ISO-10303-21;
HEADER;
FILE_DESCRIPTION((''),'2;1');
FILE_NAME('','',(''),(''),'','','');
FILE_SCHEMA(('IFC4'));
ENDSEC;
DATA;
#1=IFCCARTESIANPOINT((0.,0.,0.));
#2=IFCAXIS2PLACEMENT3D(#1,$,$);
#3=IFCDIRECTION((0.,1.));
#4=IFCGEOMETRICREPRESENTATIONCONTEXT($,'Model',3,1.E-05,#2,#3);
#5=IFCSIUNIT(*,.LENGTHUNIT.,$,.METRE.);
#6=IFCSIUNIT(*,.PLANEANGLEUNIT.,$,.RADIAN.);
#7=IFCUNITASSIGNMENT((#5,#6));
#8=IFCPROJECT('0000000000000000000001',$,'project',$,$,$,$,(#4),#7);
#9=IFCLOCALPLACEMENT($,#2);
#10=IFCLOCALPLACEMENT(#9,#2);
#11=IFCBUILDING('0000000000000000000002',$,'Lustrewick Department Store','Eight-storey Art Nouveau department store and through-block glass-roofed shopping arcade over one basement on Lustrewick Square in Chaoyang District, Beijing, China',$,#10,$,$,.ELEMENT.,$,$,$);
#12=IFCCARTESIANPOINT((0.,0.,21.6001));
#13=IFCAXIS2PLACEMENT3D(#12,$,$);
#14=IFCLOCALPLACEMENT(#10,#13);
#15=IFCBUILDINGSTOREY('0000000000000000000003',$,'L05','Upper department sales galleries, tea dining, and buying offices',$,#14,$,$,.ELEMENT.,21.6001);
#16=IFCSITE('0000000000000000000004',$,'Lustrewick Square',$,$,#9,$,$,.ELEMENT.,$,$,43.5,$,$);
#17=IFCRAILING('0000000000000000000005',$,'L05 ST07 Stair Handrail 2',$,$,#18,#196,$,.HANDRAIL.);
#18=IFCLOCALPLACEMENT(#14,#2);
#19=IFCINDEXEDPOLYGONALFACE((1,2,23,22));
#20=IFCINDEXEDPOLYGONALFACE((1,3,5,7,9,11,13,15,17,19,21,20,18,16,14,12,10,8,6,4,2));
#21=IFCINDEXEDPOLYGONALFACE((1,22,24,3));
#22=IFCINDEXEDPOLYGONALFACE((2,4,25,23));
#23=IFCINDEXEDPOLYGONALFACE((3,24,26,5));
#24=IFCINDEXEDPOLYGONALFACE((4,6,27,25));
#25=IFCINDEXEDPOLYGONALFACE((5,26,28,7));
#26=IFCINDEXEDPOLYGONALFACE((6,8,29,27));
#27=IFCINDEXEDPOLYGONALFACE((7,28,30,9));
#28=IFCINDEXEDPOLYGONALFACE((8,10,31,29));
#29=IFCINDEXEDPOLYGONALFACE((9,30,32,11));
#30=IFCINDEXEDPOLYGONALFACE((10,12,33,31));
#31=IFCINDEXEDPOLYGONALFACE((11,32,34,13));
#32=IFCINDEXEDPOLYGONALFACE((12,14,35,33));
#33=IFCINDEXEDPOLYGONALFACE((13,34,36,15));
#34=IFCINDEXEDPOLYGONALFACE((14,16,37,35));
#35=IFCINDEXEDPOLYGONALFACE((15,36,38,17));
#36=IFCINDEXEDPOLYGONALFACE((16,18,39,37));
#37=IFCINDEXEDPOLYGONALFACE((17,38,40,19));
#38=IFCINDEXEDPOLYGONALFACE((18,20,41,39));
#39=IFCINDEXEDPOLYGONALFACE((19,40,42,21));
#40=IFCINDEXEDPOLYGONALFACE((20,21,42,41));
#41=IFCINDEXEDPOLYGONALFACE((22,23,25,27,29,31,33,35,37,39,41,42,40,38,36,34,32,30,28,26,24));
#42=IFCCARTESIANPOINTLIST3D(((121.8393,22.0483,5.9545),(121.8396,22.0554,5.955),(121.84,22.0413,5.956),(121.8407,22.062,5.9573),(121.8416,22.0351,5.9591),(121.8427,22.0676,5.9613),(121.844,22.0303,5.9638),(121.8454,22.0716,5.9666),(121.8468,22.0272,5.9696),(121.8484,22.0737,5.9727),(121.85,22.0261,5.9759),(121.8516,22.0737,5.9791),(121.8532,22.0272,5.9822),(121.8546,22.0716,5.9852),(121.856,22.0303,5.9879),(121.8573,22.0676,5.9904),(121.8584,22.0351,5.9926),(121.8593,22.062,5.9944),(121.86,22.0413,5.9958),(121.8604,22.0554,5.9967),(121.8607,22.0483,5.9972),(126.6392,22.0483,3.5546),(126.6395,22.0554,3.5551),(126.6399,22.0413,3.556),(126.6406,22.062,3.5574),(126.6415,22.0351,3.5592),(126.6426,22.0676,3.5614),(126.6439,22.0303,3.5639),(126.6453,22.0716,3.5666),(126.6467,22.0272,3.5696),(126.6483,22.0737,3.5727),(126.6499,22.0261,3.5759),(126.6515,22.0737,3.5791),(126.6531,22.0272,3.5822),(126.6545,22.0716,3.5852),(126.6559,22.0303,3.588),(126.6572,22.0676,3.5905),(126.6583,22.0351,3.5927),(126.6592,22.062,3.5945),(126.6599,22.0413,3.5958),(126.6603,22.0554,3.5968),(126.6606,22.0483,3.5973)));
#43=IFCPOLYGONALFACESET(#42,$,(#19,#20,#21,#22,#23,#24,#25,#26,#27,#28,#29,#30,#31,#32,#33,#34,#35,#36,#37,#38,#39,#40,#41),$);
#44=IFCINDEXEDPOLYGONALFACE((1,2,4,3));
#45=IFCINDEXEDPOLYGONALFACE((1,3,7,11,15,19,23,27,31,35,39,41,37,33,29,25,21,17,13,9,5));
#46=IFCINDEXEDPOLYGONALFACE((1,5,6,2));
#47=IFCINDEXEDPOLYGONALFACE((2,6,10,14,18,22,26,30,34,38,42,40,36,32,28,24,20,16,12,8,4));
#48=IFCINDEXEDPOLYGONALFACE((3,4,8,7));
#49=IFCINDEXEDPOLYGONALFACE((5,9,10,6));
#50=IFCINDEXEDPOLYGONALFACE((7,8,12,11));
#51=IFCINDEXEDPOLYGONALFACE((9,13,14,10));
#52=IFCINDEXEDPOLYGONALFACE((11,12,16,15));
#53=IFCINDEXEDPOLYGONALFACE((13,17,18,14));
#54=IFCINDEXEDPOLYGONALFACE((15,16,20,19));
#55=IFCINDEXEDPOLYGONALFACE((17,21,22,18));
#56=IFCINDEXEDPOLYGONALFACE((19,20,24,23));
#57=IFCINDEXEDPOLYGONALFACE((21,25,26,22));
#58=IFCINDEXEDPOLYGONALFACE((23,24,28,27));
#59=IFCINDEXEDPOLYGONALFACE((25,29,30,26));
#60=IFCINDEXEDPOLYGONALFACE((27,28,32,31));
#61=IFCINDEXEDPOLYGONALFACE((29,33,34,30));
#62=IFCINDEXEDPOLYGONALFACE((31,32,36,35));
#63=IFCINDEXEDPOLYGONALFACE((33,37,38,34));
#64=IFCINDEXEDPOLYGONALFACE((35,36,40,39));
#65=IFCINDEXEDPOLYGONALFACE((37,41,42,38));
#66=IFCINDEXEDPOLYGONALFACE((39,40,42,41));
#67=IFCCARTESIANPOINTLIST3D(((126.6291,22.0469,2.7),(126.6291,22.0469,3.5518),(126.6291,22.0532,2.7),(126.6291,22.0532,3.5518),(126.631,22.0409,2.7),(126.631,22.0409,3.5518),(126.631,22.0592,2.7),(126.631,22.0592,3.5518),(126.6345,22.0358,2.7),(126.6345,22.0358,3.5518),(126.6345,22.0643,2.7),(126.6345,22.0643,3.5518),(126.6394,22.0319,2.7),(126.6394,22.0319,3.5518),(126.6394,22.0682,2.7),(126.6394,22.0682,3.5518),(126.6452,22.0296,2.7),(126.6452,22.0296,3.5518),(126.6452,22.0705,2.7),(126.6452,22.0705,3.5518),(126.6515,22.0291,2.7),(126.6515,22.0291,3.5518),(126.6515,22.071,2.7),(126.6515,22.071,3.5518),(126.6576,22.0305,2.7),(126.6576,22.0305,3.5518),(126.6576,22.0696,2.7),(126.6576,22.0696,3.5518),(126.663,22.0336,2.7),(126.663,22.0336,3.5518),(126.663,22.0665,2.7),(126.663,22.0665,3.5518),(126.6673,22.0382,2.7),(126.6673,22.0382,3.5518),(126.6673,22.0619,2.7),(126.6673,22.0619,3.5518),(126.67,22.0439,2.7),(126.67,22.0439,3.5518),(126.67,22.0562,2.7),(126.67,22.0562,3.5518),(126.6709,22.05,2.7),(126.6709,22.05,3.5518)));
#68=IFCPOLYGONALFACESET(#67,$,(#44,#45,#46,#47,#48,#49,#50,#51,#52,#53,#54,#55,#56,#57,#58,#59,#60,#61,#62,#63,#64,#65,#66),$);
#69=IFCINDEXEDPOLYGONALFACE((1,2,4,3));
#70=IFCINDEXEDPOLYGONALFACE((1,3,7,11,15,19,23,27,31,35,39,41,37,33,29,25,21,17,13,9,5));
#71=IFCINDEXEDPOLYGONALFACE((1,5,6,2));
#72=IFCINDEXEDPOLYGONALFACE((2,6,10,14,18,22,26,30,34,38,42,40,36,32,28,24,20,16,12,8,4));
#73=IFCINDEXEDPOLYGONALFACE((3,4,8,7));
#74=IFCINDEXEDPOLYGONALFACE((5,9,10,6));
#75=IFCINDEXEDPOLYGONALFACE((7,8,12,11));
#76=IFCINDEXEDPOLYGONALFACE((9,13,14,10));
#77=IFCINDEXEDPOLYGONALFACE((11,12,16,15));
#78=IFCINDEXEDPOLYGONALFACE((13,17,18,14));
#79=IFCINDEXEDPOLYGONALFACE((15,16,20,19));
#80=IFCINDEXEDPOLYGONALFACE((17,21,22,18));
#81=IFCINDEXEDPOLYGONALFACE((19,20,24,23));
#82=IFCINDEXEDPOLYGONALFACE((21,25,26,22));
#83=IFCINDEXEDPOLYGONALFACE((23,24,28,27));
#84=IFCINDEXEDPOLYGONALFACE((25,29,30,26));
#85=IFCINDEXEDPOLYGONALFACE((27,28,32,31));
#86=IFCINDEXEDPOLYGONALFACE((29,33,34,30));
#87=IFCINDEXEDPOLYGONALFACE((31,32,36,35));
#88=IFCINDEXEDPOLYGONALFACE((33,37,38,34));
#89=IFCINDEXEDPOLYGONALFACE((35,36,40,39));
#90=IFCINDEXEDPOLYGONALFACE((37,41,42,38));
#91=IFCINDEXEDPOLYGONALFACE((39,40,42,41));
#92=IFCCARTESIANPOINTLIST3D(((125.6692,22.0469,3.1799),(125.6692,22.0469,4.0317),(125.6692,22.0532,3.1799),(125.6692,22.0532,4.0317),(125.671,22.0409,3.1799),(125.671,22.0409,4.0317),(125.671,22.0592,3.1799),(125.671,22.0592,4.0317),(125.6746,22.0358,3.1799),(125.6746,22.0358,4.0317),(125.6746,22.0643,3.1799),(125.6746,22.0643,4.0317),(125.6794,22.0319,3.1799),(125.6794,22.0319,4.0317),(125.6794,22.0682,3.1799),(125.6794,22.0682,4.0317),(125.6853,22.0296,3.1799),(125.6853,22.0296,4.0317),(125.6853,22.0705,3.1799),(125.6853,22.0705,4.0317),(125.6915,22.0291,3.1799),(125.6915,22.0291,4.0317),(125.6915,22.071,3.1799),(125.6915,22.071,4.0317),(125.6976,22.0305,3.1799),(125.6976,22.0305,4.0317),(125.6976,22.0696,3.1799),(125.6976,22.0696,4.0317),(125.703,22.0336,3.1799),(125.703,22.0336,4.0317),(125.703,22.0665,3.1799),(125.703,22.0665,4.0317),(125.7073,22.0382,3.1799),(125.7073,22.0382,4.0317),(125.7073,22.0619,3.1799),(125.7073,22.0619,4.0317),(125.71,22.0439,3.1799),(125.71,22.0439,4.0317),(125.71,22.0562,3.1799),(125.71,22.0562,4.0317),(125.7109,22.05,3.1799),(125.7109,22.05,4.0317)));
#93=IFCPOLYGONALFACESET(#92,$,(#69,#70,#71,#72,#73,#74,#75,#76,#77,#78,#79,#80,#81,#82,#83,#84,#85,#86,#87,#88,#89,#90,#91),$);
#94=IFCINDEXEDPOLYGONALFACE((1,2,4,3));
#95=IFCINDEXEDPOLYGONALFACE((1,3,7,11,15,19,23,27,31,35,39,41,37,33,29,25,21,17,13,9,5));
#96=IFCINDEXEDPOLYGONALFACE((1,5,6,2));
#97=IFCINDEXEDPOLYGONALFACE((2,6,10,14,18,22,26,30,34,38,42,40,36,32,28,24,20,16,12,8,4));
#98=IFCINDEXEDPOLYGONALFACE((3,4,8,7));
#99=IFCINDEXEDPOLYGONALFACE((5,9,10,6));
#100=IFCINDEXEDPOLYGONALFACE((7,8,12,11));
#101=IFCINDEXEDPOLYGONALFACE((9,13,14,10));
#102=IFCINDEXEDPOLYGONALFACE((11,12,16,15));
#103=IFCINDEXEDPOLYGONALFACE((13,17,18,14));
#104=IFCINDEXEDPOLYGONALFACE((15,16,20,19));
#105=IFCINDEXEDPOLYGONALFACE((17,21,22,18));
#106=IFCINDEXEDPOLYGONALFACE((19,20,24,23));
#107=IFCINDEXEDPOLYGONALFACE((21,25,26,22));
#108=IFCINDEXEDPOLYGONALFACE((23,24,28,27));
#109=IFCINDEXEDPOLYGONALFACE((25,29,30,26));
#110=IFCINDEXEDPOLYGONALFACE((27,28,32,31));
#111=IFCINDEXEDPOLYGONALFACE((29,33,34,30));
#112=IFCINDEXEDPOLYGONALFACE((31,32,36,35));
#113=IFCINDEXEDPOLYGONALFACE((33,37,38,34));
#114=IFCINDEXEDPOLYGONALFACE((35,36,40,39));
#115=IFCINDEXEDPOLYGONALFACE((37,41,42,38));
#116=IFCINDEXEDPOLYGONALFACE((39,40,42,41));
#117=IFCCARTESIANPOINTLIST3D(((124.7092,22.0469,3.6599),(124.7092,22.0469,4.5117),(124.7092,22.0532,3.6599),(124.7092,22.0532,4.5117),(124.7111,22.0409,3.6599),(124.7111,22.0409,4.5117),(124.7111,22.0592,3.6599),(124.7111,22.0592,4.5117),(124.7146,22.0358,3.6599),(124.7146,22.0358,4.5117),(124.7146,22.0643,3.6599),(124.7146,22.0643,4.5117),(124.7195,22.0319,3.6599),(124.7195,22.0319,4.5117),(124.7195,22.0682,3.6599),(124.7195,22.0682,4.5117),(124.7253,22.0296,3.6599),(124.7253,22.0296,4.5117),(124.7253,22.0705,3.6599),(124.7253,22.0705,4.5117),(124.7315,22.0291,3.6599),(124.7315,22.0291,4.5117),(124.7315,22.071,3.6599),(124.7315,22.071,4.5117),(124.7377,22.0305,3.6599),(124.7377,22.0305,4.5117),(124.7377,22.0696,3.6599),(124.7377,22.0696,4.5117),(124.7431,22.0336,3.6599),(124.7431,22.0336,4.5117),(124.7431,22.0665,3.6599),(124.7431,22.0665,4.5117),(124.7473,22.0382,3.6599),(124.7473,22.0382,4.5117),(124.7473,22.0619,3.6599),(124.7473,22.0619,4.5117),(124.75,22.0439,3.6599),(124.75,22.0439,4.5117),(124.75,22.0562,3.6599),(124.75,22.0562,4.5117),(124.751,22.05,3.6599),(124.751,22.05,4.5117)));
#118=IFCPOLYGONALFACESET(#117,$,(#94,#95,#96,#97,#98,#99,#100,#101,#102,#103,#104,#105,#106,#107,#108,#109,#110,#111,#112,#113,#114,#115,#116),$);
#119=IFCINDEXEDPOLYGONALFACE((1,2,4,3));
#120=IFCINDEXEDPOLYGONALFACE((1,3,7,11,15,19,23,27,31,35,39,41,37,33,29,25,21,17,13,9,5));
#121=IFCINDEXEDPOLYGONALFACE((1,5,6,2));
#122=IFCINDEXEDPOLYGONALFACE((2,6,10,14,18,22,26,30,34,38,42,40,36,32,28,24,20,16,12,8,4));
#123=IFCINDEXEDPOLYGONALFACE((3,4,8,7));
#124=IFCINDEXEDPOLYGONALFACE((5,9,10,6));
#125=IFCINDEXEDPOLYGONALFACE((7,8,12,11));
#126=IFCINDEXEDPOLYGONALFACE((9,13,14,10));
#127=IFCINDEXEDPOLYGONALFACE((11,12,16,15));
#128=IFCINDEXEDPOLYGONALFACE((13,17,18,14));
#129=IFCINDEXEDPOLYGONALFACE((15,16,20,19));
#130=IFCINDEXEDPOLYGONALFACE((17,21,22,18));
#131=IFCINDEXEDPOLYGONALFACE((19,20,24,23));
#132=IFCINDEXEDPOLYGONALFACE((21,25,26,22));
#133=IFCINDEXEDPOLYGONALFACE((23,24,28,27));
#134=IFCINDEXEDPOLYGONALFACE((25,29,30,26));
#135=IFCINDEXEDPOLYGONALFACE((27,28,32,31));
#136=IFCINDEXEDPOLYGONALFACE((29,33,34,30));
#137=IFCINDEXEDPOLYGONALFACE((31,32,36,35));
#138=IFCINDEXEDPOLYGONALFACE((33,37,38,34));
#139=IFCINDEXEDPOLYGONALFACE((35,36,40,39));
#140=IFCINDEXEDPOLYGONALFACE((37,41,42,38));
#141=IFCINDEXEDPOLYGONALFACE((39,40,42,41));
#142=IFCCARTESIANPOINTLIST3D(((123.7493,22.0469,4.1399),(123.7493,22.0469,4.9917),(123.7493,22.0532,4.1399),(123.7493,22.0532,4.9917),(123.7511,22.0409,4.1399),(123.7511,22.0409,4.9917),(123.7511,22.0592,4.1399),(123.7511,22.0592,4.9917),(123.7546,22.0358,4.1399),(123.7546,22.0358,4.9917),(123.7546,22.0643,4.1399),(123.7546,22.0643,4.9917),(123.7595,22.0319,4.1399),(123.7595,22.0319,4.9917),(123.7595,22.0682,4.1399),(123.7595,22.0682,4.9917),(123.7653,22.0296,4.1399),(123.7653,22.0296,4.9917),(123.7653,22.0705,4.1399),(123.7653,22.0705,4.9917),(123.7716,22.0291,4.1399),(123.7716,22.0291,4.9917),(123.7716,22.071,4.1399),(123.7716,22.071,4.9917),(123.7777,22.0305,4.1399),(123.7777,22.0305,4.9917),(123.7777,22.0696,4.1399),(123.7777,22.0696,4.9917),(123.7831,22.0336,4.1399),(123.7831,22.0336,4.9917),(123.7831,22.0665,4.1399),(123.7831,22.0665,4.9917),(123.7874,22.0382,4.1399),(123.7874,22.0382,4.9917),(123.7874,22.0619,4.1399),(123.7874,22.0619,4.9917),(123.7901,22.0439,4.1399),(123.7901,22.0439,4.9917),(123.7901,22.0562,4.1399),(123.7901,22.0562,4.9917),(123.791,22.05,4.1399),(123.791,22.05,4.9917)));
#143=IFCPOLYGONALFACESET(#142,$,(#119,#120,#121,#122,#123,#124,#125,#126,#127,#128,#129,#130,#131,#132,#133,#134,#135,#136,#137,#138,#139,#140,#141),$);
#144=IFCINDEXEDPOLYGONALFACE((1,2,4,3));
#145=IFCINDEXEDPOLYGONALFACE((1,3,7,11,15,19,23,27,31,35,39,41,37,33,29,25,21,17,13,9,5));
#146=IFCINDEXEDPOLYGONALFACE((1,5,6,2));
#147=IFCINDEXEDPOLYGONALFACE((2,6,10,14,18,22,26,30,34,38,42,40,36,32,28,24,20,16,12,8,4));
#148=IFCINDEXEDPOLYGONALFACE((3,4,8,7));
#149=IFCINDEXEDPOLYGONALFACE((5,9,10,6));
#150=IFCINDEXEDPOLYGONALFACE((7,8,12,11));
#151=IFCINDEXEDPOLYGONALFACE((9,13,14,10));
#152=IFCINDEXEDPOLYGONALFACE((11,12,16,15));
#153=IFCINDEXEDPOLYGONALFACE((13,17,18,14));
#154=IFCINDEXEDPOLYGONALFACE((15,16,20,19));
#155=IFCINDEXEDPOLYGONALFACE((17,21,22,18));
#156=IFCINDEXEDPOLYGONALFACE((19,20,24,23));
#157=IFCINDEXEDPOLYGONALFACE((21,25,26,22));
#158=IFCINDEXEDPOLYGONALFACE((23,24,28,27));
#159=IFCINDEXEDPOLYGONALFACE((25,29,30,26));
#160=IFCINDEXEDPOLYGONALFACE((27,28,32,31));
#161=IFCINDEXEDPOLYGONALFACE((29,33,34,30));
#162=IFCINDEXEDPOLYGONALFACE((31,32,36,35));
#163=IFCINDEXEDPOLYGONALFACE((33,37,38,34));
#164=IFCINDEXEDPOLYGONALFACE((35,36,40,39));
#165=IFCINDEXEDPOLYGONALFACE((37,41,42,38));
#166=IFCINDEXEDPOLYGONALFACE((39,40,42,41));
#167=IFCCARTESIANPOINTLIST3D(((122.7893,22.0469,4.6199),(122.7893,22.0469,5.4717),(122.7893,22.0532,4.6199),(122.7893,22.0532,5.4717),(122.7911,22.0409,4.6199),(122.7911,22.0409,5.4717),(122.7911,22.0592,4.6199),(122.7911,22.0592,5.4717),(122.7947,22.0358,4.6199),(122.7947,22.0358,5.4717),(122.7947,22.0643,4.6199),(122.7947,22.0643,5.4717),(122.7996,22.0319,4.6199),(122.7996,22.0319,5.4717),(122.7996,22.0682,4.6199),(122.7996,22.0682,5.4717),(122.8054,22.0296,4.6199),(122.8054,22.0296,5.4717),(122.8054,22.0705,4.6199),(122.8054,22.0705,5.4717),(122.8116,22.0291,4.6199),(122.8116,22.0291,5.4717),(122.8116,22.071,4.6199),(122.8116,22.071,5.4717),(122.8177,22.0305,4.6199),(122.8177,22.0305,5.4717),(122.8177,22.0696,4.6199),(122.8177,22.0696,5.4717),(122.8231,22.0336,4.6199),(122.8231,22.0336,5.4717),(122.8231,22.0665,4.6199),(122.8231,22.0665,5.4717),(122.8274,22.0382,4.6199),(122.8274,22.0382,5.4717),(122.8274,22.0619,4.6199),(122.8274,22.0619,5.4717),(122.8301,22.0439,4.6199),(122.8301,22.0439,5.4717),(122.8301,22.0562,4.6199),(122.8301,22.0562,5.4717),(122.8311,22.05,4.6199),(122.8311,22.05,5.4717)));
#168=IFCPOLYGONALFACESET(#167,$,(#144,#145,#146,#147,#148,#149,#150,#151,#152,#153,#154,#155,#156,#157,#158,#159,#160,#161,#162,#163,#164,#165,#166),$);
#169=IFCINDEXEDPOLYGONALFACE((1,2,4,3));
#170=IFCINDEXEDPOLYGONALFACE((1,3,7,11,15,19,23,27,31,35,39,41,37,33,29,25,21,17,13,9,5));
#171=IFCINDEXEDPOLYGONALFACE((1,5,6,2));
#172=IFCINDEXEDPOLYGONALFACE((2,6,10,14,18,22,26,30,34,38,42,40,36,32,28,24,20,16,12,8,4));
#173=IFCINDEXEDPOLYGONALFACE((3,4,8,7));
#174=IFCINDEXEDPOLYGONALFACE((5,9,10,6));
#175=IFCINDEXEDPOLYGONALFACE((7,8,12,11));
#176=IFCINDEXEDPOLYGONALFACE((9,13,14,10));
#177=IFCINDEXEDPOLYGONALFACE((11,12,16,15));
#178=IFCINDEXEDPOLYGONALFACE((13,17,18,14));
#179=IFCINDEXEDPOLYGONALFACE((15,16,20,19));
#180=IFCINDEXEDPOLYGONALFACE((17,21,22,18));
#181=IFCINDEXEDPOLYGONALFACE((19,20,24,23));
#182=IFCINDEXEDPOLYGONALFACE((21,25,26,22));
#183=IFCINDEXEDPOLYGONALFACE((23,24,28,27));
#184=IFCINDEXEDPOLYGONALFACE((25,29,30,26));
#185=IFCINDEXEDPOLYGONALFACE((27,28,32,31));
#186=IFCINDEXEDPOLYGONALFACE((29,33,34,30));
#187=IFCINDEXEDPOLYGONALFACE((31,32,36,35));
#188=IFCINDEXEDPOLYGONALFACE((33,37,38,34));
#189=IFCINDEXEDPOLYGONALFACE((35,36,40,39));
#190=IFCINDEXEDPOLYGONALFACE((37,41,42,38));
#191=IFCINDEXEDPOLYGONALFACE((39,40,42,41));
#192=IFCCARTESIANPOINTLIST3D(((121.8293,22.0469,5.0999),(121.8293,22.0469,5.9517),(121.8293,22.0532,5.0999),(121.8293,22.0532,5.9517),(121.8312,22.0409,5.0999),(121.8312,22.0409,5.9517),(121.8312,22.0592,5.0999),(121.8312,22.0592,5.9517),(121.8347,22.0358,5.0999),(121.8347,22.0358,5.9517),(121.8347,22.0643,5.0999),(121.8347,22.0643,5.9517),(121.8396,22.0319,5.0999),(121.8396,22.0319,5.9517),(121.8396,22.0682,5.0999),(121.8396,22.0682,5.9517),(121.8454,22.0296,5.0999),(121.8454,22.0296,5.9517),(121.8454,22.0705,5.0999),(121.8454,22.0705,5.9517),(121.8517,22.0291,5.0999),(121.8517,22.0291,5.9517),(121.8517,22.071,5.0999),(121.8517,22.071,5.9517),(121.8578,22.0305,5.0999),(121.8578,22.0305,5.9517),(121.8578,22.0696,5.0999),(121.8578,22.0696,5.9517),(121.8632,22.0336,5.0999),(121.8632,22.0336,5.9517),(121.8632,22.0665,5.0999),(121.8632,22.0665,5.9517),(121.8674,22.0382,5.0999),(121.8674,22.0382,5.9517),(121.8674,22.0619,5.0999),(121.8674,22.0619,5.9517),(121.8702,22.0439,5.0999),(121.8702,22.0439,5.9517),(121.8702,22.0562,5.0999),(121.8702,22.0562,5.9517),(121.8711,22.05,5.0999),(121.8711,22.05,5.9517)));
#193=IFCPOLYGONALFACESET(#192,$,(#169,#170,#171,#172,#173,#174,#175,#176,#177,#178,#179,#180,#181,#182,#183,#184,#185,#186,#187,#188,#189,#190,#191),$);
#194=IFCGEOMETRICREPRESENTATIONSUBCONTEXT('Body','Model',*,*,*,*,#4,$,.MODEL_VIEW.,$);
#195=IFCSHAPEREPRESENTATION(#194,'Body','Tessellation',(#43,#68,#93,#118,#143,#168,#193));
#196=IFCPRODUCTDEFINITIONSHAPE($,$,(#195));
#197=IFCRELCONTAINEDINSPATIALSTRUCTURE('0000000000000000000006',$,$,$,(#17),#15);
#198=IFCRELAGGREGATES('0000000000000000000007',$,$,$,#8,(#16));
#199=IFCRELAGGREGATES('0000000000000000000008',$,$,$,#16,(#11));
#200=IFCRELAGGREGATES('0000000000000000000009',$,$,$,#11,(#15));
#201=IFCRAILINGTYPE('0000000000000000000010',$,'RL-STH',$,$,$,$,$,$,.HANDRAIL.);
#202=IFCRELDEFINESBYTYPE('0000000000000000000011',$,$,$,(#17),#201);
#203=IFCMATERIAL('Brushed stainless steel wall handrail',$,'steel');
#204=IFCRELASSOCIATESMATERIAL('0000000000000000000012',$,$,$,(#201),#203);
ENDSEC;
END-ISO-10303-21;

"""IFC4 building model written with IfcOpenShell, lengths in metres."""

from ifc_helpers import new_model, si_unit, direction, frame, origin, origin_2d, place, context, subcontext, project, spatial, circle, extrude, material, type_object, element, save


model = new_model("IFC4")

# Units and contexts
model_context = context("Model", 3, precision=1e-05, world=origin(), true_north=direction((0.0, 1.0)))
body_context = subcontext(model_context, "Body", "Model", "MODEL_VIEW")
ifc_project = project(units=[si_unit("LENGTHUNIT", "METRE"), si_unit("PLANEANGLEUNIT", "RADIAN")], contexts=[model_context])

# Site, building, storey
site_placement = place(None, origin())
site = spatial("IfcSite", under=ifc_project, at=site_placement, Name="Lustrewick Square", CompositionType="ELEMENT", RefElevation=43.5)
building_placement = place(site_placement, origin())
building = spatial("IfcBuilding", under=site, at=building_placement, Name="Lustrewick Department Store", Description="Eight-storey Art Nouveau department store and through-block glass-roofed shopping arcade over one basement on Lustrewick Square in Chaoyang District, Beijing, China", CompositionType="ELEMENT")
storey_placement = place(building_placement, frame((0.0, 0.0, 21.6001)))
storey = spatial("IfcBuildingStorey", under=building, at=storey_placement, Name="L05", Description="Upper department sales galleries, tea dining, and buying offices", CompositionType="ELEMENT", Elevation=21.6001)

# Railing
ifc_material_1 = material(Name="Brushed stainless steel wall handrail", Category="steel")
railing_type_1 = type_object("IfcRailingType", Name="RL-STH", PredefinedType="HANDRAIL", material=ifc_material_1)
railing_1_placement = place(storey_placement, frame((126.6499, 22.05, 2.7)))
element("IfcRailing", 1, at=railing_1_placement, inside=storey, type_object=railing_type_1, Name="L05 ST07 Stair Handrail 2", PredefinedType="HANDRAIL", context=body_context, shape_type="SweptSolid", body=[
    extrude(circle(Radius=0.0239, at=origin_2d()), frame((0.0, 0.0, 0.876), z_axis=(-0.894427, 0.0, 0.447214), x_axis=(0.0, -1.0, 0.0)), (0.0, 0.0, 1.0), 5.3665),
    extrude(circle(Radius=0.021, at=origin_2d()), origin(), (0.0, 0.0, 1.0), 0.8518),
    extrude(circle(Radius=0.021, at=origin_2d()), frame((-0.96, 0.0, 0.48)), (0.0, 0.0, 1.0), 0.8518),
    extrude(circle(Radius=0.021, at=origin_2d()), frame((-1.9199, 0.0, 0.96)), (0.0, 0.0, 1.0), 0.8518),
    extrude(circle(Radius=0.021, at=origin_2d()), frame((-2.8799, 0.0, 1.4399)), (0.0, 0.0, 1.0), 0.8518),
    extrude(circle(Radius=0.021, at=origin_2d()), frame((-3.8398, 0.0, 1.9199)), (0.0, 0.0, 1.0), 0.8518),
    extrude(circle(Radius=0.021, at=origin_2d()), frame((-4.7998, 0.0, 2.3999)), (0.0, 0.0, 1.0), 0.8518),
])

save(model, "model.ifc")
